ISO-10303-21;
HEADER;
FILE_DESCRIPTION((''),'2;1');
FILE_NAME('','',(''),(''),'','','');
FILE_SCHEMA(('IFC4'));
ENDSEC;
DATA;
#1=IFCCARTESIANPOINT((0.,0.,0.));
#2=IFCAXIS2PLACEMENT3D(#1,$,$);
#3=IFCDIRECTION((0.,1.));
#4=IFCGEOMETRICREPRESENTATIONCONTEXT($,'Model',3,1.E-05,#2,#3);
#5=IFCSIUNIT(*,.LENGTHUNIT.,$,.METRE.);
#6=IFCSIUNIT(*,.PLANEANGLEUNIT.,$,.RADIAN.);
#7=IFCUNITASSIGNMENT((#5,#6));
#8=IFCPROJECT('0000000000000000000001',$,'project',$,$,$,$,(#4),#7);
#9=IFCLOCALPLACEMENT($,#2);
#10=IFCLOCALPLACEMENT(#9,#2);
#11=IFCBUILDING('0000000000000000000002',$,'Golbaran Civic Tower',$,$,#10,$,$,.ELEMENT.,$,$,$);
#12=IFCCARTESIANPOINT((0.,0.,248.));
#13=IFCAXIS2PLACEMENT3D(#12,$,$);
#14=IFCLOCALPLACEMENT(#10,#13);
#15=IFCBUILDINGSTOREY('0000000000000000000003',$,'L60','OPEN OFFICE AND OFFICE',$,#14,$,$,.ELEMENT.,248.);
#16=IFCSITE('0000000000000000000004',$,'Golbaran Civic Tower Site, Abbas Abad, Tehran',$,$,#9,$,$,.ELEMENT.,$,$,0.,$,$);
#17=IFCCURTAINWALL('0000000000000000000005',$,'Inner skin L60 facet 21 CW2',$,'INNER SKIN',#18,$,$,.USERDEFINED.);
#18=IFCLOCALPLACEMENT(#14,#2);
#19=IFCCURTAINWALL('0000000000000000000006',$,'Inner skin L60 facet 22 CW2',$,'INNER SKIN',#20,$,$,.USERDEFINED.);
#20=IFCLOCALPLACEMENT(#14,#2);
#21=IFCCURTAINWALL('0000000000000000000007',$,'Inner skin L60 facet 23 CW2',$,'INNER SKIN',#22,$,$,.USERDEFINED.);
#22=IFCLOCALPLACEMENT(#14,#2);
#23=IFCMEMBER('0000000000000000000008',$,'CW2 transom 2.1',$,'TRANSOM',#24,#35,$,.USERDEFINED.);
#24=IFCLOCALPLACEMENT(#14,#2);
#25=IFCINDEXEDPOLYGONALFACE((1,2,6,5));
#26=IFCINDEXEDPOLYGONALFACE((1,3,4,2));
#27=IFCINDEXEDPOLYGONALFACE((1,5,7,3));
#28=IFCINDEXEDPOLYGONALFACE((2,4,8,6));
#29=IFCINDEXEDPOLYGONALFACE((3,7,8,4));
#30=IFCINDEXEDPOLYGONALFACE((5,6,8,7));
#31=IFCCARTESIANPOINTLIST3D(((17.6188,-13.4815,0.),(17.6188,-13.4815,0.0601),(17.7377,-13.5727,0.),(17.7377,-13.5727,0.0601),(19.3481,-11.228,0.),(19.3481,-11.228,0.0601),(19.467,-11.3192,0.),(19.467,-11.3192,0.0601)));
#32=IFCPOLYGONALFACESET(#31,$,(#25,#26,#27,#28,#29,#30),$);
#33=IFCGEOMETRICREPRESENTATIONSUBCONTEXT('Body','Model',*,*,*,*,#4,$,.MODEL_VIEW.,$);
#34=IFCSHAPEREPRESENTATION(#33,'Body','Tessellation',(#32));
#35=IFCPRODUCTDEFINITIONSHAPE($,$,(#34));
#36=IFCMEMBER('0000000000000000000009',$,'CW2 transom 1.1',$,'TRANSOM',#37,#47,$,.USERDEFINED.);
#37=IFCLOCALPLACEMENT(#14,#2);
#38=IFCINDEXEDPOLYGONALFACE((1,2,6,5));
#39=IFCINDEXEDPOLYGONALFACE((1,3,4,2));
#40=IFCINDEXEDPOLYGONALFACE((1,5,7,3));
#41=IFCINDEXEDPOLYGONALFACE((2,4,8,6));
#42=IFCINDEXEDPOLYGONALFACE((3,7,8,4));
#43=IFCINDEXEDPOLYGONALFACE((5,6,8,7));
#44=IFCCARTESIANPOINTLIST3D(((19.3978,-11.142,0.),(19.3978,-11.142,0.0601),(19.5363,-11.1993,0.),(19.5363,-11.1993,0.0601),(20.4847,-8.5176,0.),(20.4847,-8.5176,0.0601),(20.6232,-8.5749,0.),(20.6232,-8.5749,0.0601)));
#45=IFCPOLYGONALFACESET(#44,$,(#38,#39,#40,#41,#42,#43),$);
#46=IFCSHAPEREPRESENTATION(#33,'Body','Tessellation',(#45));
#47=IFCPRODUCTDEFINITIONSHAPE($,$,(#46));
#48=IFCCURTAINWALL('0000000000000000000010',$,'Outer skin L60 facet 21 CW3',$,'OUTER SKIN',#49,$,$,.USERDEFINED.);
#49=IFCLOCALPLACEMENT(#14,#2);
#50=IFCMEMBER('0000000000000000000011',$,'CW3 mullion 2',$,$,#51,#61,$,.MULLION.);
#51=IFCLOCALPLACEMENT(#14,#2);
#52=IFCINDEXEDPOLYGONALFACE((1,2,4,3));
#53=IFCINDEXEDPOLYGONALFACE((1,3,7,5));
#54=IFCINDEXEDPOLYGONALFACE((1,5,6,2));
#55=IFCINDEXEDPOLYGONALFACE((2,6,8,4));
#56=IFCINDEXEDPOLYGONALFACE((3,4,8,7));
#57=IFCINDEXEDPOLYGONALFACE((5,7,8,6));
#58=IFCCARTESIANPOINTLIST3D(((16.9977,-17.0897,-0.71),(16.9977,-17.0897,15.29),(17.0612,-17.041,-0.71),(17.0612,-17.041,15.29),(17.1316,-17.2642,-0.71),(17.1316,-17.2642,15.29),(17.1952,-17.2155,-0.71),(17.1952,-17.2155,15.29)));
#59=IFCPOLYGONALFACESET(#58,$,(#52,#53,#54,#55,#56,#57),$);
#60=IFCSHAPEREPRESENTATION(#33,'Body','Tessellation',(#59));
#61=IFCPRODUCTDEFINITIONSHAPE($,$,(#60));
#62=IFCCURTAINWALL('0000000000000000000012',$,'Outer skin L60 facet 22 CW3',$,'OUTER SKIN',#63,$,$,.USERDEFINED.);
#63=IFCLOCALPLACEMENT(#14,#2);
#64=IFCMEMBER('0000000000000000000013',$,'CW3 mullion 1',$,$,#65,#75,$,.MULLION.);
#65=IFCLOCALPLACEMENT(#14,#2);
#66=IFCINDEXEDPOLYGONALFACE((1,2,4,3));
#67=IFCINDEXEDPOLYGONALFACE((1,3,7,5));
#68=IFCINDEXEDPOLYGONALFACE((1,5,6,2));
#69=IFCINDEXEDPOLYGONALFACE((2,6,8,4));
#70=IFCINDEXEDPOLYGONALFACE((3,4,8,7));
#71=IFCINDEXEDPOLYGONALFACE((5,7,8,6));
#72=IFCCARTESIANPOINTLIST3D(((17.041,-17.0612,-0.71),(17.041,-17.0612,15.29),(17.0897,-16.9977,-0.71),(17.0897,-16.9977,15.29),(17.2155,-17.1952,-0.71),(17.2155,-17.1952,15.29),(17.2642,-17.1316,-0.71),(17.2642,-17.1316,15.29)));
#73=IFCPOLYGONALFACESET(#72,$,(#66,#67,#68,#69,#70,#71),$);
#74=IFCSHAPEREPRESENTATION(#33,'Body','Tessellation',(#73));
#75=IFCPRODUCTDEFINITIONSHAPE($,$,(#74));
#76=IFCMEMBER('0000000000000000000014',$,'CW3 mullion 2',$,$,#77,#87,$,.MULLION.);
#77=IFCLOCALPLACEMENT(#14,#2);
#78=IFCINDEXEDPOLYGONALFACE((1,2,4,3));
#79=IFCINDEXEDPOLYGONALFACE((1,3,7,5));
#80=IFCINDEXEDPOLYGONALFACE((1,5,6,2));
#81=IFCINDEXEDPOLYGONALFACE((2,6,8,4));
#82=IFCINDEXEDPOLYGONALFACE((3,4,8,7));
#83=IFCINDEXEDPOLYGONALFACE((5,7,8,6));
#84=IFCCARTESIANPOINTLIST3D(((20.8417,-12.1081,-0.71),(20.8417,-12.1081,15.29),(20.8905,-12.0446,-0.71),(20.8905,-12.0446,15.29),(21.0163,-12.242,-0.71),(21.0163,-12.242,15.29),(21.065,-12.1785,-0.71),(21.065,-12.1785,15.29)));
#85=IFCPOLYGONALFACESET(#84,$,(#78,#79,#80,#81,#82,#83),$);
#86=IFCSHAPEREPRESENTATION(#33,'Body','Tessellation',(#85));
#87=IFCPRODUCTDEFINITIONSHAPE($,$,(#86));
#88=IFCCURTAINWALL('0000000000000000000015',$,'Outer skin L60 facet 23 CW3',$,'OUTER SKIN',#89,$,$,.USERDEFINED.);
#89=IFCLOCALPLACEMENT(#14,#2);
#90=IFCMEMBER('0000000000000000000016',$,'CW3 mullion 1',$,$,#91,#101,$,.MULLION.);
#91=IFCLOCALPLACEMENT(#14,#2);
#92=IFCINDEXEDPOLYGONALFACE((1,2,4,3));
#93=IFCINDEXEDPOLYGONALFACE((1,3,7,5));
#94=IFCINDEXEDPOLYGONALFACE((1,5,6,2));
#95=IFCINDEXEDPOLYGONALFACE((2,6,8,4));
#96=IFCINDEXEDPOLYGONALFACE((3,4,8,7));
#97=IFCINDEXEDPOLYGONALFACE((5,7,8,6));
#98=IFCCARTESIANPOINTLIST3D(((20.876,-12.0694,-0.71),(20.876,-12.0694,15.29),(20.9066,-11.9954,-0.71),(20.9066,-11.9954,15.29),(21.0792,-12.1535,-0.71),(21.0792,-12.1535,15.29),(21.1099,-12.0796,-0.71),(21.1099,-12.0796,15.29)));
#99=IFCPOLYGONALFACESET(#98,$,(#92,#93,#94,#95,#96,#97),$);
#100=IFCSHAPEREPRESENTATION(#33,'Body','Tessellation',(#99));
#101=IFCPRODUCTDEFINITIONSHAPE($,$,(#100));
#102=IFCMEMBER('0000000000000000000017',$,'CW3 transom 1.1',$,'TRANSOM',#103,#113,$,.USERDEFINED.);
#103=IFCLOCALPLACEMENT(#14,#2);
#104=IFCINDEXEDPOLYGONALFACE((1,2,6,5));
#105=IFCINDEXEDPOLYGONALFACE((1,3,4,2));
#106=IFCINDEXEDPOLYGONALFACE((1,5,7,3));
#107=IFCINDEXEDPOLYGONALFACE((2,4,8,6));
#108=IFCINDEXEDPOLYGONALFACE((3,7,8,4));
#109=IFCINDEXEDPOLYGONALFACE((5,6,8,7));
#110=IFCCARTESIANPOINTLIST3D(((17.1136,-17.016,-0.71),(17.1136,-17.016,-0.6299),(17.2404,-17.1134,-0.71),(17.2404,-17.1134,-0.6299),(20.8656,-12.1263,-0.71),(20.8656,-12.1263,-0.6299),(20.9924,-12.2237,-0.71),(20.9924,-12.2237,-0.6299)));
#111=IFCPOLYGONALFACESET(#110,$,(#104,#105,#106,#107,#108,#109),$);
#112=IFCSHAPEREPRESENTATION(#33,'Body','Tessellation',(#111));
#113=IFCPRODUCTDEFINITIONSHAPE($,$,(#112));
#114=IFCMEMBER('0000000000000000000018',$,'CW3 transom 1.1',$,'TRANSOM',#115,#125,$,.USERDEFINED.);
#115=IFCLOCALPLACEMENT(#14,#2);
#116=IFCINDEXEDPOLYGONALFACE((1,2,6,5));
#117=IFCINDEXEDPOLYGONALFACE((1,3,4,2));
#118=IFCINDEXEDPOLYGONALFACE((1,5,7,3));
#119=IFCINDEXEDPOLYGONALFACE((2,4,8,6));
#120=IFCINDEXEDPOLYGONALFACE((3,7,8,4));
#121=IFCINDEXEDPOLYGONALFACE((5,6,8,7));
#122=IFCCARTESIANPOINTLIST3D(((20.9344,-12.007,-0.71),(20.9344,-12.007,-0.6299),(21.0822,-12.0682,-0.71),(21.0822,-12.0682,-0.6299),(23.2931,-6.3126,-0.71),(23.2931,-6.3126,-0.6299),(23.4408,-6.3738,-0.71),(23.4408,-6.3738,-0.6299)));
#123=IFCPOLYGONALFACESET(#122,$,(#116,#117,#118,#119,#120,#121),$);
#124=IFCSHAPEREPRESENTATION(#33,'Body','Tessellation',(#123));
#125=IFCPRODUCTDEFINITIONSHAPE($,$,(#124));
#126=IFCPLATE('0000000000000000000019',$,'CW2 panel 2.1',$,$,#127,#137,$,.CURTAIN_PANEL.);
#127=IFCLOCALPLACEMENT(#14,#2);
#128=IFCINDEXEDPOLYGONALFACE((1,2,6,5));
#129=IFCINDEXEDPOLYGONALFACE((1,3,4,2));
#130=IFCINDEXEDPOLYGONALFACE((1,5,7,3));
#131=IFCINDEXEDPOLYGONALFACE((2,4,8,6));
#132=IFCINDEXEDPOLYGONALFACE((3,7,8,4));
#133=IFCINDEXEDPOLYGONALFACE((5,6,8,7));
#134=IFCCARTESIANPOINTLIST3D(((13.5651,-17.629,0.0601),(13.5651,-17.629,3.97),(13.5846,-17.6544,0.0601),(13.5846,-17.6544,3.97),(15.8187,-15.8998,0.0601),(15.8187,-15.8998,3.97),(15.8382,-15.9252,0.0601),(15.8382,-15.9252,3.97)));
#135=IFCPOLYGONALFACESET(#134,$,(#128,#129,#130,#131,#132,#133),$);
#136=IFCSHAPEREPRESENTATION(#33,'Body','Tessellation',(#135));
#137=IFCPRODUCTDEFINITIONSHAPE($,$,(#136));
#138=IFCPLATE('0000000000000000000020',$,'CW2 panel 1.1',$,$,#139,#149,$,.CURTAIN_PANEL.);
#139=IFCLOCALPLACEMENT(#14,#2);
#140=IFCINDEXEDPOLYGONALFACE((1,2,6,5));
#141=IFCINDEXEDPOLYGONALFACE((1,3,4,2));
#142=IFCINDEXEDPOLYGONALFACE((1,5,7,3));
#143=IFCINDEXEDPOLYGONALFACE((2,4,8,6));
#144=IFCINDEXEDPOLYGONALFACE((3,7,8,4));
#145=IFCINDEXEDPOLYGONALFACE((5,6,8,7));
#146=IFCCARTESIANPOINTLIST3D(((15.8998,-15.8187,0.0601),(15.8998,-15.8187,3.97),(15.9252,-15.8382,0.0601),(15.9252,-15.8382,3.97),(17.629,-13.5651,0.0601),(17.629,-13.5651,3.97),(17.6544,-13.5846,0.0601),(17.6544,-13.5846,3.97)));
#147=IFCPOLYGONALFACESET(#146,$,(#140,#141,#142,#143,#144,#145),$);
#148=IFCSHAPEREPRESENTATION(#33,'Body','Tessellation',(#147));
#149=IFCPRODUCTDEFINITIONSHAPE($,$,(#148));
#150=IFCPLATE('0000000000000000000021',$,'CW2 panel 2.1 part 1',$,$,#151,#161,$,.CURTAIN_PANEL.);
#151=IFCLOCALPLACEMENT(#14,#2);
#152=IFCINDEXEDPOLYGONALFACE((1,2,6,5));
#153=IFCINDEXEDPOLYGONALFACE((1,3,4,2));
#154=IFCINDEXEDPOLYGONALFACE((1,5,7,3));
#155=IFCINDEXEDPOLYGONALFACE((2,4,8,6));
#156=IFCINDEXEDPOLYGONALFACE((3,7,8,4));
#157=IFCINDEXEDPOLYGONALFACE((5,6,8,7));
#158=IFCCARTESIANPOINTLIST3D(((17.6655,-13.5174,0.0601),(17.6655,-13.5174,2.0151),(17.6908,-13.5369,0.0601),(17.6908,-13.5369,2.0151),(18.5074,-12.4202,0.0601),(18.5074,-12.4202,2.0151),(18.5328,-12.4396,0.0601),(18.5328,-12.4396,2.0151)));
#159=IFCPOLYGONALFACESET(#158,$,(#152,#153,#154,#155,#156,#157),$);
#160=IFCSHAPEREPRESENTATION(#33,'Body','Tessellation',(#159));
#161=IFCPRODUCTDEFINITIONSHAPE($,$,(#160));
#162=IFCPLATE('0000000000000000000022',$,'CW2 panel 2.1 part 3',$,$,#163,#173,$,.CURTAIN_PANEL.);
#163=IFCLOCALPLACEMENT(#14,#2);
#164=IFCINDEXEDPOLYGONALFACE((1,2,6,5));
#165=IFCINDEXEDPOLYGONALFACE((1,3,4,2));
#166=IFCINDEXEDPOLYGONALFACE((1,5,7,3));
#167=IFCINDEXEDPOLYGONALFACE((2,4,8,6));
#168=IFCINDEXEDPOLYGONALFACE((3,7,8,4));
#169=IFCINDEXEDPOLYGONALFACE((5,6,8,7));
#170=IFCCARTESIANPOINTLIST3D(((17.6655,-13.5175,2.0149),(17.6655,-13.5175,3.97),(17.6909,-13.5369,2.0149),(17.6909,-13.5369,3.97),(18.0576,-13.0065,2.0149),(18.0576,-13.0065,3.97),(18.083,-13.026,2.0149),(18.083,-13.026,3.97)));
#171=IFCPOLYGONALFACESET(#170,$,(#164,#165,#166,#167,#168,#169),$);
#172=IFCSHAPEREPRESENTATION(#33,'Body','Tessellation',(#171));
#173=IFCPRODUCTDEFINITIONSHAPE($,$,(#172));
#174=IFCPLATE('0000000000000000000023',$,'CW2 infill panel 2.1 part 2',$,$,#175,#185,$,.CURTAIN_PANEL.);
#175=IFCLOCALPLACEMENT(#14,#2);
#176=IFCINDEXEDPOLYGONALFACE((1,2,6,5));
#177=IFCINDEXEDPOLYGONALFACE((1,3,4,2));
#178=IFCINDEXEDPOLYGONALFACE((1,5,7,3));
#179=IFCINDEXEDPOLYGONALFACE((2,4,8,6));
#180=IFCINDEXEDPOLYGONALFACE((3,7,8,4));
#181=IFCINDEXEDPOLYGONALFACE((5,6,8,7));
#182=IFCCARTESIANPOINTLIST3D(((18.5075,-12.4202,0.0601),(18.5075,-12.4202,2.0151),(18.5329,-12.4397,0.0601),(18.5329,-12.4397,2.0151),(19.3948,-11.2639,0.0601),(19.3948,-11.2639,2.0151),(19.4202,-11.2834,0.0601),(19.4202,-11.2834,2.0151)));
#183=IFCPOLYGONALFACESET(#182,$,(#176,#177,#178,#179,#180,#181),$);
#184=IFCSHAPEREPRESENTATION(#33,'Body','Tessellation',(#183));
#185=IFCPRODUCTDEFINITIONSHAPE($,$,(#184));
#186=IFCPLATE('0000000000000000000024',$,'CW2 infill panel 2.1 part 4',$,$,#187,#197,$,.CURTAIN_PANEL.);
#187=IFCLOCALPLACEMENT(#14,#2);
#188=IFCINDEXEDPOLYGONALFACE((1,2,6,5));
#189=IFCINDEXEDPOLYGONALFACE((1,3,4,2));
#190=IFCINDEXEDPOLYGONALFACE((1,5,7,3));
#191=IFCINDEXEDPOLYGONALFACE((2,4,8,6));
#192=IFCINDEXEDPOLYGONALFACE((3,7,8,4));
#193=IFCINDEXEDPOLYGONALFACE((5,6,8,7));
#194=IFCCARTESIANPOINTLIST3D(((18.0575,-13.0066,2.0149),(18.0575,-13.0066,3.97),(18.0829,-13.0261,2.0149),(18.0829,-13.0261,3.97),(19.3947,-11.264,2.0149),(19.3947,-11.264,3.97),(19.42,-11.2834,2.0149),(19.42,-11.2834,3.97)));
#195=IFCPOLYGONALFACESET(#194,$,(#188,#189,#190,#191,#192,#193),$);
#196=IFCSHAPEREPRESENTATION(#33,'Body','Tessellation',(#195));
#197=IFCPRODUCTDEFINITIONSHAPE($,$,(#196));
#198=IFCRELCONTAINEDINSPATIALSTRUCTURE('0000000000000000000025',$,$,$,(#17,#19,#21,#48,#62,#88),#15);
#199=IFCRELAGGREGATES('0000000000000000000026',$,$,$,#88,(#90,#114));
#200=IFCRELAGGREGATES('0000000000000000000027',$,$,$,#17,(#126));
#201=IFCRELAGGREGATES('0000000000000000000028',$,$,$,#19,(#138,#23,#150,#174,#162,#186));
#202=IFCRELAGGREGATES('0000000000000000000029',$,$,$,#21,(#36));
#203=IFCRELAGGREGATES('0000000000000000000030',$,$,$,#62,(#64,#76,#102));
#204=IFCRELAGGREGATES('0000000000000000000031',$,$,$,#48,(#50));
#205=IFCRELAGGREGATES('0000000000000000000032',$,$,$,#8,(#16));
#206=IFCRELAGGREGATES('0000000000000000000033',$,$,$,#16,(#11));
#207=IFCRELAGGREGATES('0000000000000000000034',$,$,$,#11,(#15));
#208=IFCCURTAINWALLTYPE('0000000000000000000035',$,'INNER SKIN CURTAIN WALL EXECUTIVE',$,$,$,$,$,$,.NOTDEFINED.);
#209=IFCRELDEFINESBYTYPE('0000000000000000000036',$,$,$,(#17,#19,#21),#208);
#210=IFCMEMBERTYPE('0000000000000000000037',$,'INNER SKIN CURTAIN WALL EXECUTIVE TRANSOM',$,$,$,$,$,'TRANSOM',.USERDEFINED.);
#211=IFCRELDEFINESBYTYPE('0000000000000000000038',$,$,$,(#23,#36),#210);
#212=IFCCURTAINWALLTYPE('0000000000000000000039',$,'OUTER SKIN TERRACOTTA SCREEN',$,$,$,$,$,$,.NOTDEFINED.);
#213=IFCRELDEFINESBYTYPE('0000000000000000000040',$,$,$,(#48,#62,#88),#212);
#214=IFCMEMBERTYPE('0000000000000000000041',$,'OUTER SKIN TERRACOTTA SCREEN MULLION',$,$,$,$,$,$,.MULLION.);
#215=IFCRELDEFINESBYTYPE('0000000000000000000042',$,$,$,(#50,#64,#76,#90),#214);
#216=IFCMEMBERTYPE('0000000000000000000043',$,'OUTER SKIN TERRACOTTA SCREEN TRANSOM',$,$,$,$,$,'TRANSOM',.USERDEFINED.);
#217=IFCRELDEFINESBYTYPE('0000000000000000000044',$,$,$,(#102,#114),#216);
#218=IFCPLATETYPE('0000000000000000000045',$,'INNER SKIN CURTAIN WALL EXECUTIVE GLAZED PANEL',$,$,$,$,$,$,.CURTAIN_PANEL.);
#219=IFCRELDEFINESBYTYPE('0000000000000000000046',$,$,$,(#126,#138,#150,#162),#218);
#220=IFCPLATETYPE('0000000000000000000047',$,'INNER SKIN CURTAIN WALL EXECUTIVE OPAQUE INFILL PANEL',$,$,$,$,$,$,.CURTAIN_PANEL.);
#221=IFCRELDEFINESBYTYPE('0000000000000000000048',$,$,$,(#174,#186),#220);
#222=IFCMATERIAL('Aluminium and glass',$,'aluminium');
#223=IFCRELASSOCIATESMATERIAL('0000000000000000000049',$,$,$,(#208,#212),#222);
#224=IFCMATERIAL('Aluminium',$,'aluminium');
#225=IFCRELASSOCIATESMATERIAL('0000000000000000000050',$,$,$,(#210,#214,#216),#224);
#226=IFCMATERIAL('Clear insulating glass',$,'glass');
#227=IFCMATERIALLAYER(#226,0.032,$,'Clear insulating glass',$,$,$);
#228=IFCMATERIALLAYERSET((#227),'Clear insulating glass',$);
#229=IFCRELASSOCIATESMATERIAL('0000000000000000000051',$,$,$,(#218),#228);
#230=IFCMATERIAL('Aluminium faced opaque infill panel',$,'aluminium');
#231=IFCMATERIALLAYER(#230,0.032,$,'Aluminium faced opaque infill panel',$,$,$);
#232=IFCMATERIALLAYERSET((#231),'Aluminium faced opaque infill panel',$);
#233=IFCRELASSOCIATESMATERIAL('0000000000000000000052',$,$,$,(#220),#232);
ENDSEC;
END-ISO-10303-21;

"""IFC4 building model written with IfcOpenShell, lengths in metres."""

from ifc_helpers import new_model, si_unit, direction, frame, origin, origin_2d, place, context, subcontext, project, spatial, rectangle, extrude, material, layer, layer_set, material_profile, profile_set, type_object, element, aggregate, save


model = new_model("IFC4")

# Units and contexts
model_context = context("Model", 3, precision=1e-05, world=origin(), true_north=direction((0.0, 1.0)))
body_context = subcontext(model_context, "Body", "Model", "MODEL_VIEW")
ifc_project = project(units=[si_unit("LENGTHUNIT", "METRE"), si_unit("PLANEANGLEUNIT", "RADIAN")], contexts=[model_context])

# Site, building, storey
site_placement = place(None, origin())
site = spatial("IfcSite", under=ifc_project, at=site_placement, Name="Golbaran Civic Tower Site, Abbas Abad, Tehran", CompositionType="ELEMENT", RefElevation=0.0)
building_placement = place(site_placement, origin())
building = spatial("IfcBuilding", under=site, at=building_placement, Name="Golbaran Civic Tower", CompositionType="ELEMENT")
storey_placement = place(building_placement, frame((0.0, 0.0, 248.0)))
storey = spatial("IfcBuildingStorey", under=building, at=storey_placement, Name="L60", Description="OPEN OFFICE AND OFFICE", CompositionType="ELEMENT", Elevation=248.0)

# Curtain wall
ifc_material_1 = material(Name="Aluminium and glass", Category="aluminium")
curtain_wall_type_1 = type_object("IfcCurtainWallType", Name="INNER SKIN CURTAIN WALL EXECUTIVE", PredefinedType="NOTDEFINED", material=ifc_material_1)
curtain_wall_1_placement = place(storey_placement, origin())
curtain_wall_1 = element("IfcCurtainWall", 1, at=curtain_wall_1_placement, inside=storey, type_object=curtain_wall_type_1, Name="Inner skin L60 facet 21 CW2", ObjectType="INNER SKIN", PredefinedType="USERDEFINED")
ifc_material_2 = material(Name="Aluminium", Category="aluminium")

# Curtain wall
curtain_wall_2_placement = place(storey_placement, origin())
curtain_wall_2 = element("IfcCurtainWall", 2, at=curtain_wall_2_placement, inside=storey, type_object=curtain_wall_type_1, Name="Inner skin L60 facet 22 CW2", ObjectType="INNER SKIN", PredefinedType="USERDEFINED")

# Curtain wall
curtain_wall_3_placement = place(storey_placement, origin())
curtain_wall_3 = element("IfcCurtainWall", 3, at=curtain_wall_3_placement, inside=storey, type_object=curtain_wall_type_1, Name="Inner skin L60 facet 23 CW2", ObjectType="INNER SKIN", PredefinedType="USERDEFINED")

# Members
ifc_material_profile_1 = material_profile(ifc_material_2, rectangle(XDim=0.1499, YDim=0.0601, at=origin_2d()), Name="INNER SKIN CURTAIN WALL EXECUTIVE TRANSOM")
ifc_profile_set_1 = profile_set([ifc_material_profile_1], Name="Aluminium")
member_type_1 = type_object("IfcMemberType", Name="INNER SKIN CURTAIN WALL EXECUTIVE TRANSOM", ElementType="TRANSOM", PredefinedType="USERDEFINED", material=ifc_profile_set_1)
member_1_placement = place(storey_placement, frame((17.6782, -13.5271, 0.03), z_axis=(0.608792, 0.79333, 0.0), x_axis=(-0.79333, 0.608792, 0.0)))
member_1 = element("IfcMember", 4, at=member_1_placement, type_object=member_type_1, Name="CW2 transom 2.1", ObjectType="TRANSOM", PredefinedType="USERDEFINED", context=body_context, shape_type="SweptSolid", body=[
    extrude(rectangle(XDim=0.1499, YDim=0.0601, at=origin_2d()), origin(), (0.0, 0.0, 1.0), 2.8406),
])
member_2_placement = place(storey_placement, frame((19.467, -11.1707, 0.03), z_axis=(0.382625, 0.923904, 0.0), x_axis=(-0.923904, 0.382625, 0.0)))
member_2 = element("IfcMember", 5, at=member_2_placement, type_object=member_type_1, Name="CW2 transom 1.1", ObjectType="TRANSOM", PredefinedType="USERDEFINED", context=body_context, shape_type="SweptSolid", body=[
    extrude(rectangle(XDim=0.1499, YDim=0.0601, at=origin_2d()), origin(), (0.0, 0.0, 1.0), 2.8406),
])

# Curtain wall, member
curtain_wall_type_2 = type_object("IfcCurtainWallType", Name="OUTER SKIN TERRACOTTA SCREEN", PredefinedType="NOTDEFINED", material=ifc_material_1)
curtain_wall_4_placement = place(storey_placement, origin())
curtain_wall_4 = element("IfcCurtainWall", 6, at=curtain_wall_4_placement, inside=storey, type_object=curtain_wall_type_2, Name="Outer skin L60 facet 21 CW3", ObjectType="OUTER SKIN", PredefinedType="USERDEFINED")
ifc_material_profile_2 = material_profile(ifc_material_2, rectangle(XDim=0.22, YDim=0.0801, at=origin_2d()), Name="OUTER SKIN TERRACOTTA SCREEN MULLION")
ifc_profile_set_2 = profile_set([ifc_material_profile_2], Name="Aluminium")
member_type_2 = type_object("IfcMemberType", Name="OUTER SKIN TERRACOTTA SCREEN MULLION", PredefinedType="MULLION", material=ifc_profile_set_2)
member_3_placement = place(storey_placement, frame((17.0964, -17.1526, -0.71), z_axis=(0.0, 0.0, 1.0), x_axis=(-0.608761, 0.793353, 0.0)))
member_3 = element("IfcMember", 7, at=member_3_placement, type_object=member_type_2, Name="CW3 mullion 2", PredefinedType="MULLION", context=body_context, shape_type="SweptSolid", body=[
    extrude(rectangle(XDim=0.22, YDim=0.0801, at=origin_2d()), origin(), (0.0, 0.0, 1.0), 16.0),
])

# Curtain wall, members
curtain_wall_5_placement = place(storey_placement, origin())
curtain_wall_5 = element("IfcCurtainWall", 8, at=curtain_wall_5_placement, inside=storey, type_object=curtain_wall_type_2, Name="Outer skin L60 facet 22 CW3", ObjectType="OUTER SKIN", PredefinedType="USERDEFINED")
member_4_placement = place(storey_placement, frame((17.1526, -17.0964, -0.71), z_axis=(0.0, 0.0, 1.0), x_axis=(-0.793353, 0.608761, 0.0)))
member_4 = element("IfcMember", 9, at=member_4_placement, type_object=member_type_2, Name="CW3 mullion 1", PredefinedType="MULLION", context=body_context, shape_type="SweptSolid", body=[
    extrude(rectangle(XDim=0.22, YDim=0.0801, at=origin_2d()), origin(), (0.0, 0.0, 1.0), 16.0),
])
member_5_placement = place(storey_placement, frame((20.9534, -12.1433, -0.71), z_axis=(0.0, 0.0, 1.0), x_axis=(-0.793353, 0.608761, 0.0)))
member_5 = element("IfcMember", 10, at=member_5_placement, type_object=member_type_2, Name="CW3 mullion 2", PredefinedType="MULLION", context=body_context, shape_type="SweptSolid", body=[
    extrude(rectangle(XDim=0.22, YDim=0.0801, at=origin_2d()), origin(), (0.0, 0.0, 1.0), 16.0),
])

# Curtain wall, member
curtain_wall_6_placement = place(storey_placement, origin())
curtain_wall_6 = element("IfcCurtainWall", 11, at=curtain_wall_6_placement, inside=storey, type_object=curtain_wall_type_2, Name="Outer skin L60 facet 23 CW3", ObjectType="OUTER SKIN", PredefinedType="USERDEFINED")
member_6_placement = place(storey_placement, frame((20.9929, -12.0745, -0.71), z_axis=(0.0, 0.0, 1.0), x_axis=(-0.92388, 0.382683, 0.0)))
member_6 = element("IfcMember", 12, at=member_6_placement, type_object=member_type_2, Name="CW3 mullion 1", PredefinedType="MULLION", context=body_context, shape_type="SweptSolid", body=[
    extrude(rectangle(XDim=0.22, YDim=0.0801, at=origin_2d()), origin(), (0.0, 0.0, 1.0), 16.0),
])

# Members
ifc_material_profile_3 = material_profile(ifc_material_2, rectangle(XDim=0.1599, YDim=0.0801, at=origin_2d()), Name="OUTER SKIN TERRACOTTA SCREEN TRANSOM")
ifc_profile_set_3 = profile_set([ifc_material_profile_3], Name="Aluminium")
member_type_3 = type_object("IfcMemberType", Name="OUTER SKIN TERRACOTTA SCREEN TRANSOM", ElementType="TRANSOM", PredefinedType="USERDEFINED", material=ifc_profile_set_3)
member_7_placement = place(storey_placement, frame((17.177, -17.0647, -0.6699), z_axis=(0.608761, 0.793354, 0.0), x_axis=(-0.793354, 0.608761, 0.0)))
member_7 = element("IfcMember", 13, at=member_7_placement, type_object=member_type_3, Name="CW3 transom 1.1", ObjectType="TRANSOM", PredefinedType="USERDEFINED", context=body_context, shape_type="SweptSolid", body=[
    extrude(rectangle(XDim=0.1599, YDim=0.0801, at=origin_2d()), origin(), (0.0, 0.0, 1.0), 6.1633),
])
member_8_placement = place(storey_placement, frame((21.0083, -12.0376, -0.6699), z_axis=(0.382679, 0.923881, 0.0), x_axis=(-0.923881, 0.382679, 0.0)))
member_8 = element("IfcMember", 14, at=member_8_placement, type_object=member_type_3, Name="CW3 transom 1.1", ObjectType="TRANSOM", PredefinedType="USERDEFINED", context=body_context, shape_type="SweptSolid", body=[
    extrude(rectangle(XDim=0.1599, YDim=0.0801, at=origin_2d()), origin(), (0.0, 0.0, 1.0), 6.1636),
])
aggregate(curtain_wall_6, [member_6, member_8])

# Plates
ifc_material_3 = material(Name="Clear insulating glass", Category="glass")
ifc_layer_1 = layer(ifc_material_3, 0.032, Name="Clear insulating glass")
ifc_layer_set_1 = layer_set([ifc_layer_1], Name="Clear insulating glass")
plate_type_1 = type_object("IfcPlateType", Name="INNER SKIN CURTAIN WALL EXECUTIVE GLAZED PANEL", PredefinedType="CURTAIN_PANEL", material=ifc_layer_set_1)
plate_1_placement = place(storey_placement, frame((14.7017, -16.7771, 0.0601), z_axis=(0.0, 0.0, 1.0), x_axis=(0.793353, 0.608761, 0.0)))
plate_1 = element("IfcPlate", 15, at=plate_1_placement, type_object=plate_type_1, Name="CW2 panel 2.1", PredefinedType="CURTAIN_PANEL", context=body_context, shape_type="SweptSolid", body=[
    extrude(rectangle(XDim=2.8406, YDim=0.032, at=origin_2d()), origin(), (0.0, 0.0, 1.0), 3.9099),
])
aggregate(curtain_wall_1, [plate_1])
plate_2_placement = place(storey_placement, frame((16.7771, -14.7017, 0.0601), z_axis=(0.0, 0.0, 1.0), x_axis=(0.608761, 0.793353, 0.0)))
plate_2 = element("IfcPlate", 16, at=plate_2_placement, type_object=plate_type_1, Name="CW2 panel 1.1", PredefinedType="CURTAIN_PANEL", context=body_context, shape_type="SweptSolid", body=[
    extrude(rectangle(XDim=2.8406, YDim=0.032, at=origin_2d()), origin(), (0.0, 0.0, 1.0), 3.9099),
])
plate_3_placement = place(storey_placement, frame((18.0991, -12.9785, 0.0601), z_axis=(0.0, 0.0, 1.0), x_axis=(0.608761, 0.793353, 0.0)))
plate_3 = element("IfcPlate", 17, at=plate_3_placement, type_object=plate_type_1, Name="CW2 panel 2.1 part 1", PredefinedType="CURTAIN_PANEL", context=body_context, shape_type="SweptSolid", body=[
    extrude(rectangle(XDim=1.3831, YDim=0.032, at=origin_2d()), origin(), (0.0, 0.0, 1.0), 1.9551),
])
plate_4_placement = place(storey_placement, frame((17.8743, -13.2717, 2.0149), z_axis=(0.0, 0.0, 1.0), x_axis=(0.608761, 0.793353, 0.0)))
plate_4 = element("IfcPlate", 18, at=plate_4_placement, type_object=plate_type_1, Name="CW2 panel 2.1 part 3", PredefinedType="CURTAIN_PANEL", context=body_context, shape_type="SweptSolid", body=[
    extrude(rectangle(XDim=0.644, YDim=0.032, at=origin_2d()), origin(), (0.0, 0.0, 1.0), 1.9551),
])
ifc_material_4 = material(Name="Aluminium faced opaque infill panel", Category="aluminium")
ifc_layer_2 = layer(ifc_material_4, 0.032, Name="Aluminium faced opaque infill panel")
ifc_layer_set_2 = layer_set([ifc_layer_2], Name="Aluminium faced opaque infill panel")
plate_type_2 = type_object("IfcPlateType", Name="INNER SKIN CURTAIN WALL EXECUTIVE OPAQUE INFILL PANEL", PredefinedType="CURTAIN_PANEL", material=ifc_layer_set_2)
plate_5_placement = place(storey_placement, frame((18.9639, -11.8518, 0.0601), z_axis=(0.0, 0.0, 1.0), x_axis=(0.608761, 0.793353, 0.0)))
plate_5 = element("IfcPlate", 19, at=plate_5_placement, type_object=plate_type_2, Name="CW2 infill panel 2.1 part 2", PredefinedType="CURTAIN_PANEL", context=body_context, shape_type="SweptSolid", body=[
    extrude(rectangle(XDim=1.4575, YDim=0.032, at=origin_2d()), origin(), (0.0, 0.0, 1.0), 1.9551),
])
plate_6_placement = place(storey_placement, frame((18.7388, -12.145, 2.0149), z_axis=(0.0, 0.0, 1.0), x_axis=(0.608761, 0.793353, 0.0)))
plate_6 = element("IfcPlate", 20, at=plate_6_placement, type_object=plate_type_2, Name="CW2 infill panel 2.1 part 4", PredefinedType="CURTAIN_PANEL", context=body_context, shape_type="SweptSolid", body=[
    extrude(rectangle(XDim=2.1965, YDim=0.032, at=origin_2d()), origin(), (0.0, 0.0, 1.0), 1.9551),
])
aggregate(curtain_wall_2, [plate_2, member_1, plate_3, plate_5, plate_4, plate_6])
aggregate(curtain_wall_3, [member_2])
aggregate(curtain_wall_5, [member_4, member_5, member_7])
aggregate(curtain_wall_4, [member_3])

save(model, "model.ifc")
